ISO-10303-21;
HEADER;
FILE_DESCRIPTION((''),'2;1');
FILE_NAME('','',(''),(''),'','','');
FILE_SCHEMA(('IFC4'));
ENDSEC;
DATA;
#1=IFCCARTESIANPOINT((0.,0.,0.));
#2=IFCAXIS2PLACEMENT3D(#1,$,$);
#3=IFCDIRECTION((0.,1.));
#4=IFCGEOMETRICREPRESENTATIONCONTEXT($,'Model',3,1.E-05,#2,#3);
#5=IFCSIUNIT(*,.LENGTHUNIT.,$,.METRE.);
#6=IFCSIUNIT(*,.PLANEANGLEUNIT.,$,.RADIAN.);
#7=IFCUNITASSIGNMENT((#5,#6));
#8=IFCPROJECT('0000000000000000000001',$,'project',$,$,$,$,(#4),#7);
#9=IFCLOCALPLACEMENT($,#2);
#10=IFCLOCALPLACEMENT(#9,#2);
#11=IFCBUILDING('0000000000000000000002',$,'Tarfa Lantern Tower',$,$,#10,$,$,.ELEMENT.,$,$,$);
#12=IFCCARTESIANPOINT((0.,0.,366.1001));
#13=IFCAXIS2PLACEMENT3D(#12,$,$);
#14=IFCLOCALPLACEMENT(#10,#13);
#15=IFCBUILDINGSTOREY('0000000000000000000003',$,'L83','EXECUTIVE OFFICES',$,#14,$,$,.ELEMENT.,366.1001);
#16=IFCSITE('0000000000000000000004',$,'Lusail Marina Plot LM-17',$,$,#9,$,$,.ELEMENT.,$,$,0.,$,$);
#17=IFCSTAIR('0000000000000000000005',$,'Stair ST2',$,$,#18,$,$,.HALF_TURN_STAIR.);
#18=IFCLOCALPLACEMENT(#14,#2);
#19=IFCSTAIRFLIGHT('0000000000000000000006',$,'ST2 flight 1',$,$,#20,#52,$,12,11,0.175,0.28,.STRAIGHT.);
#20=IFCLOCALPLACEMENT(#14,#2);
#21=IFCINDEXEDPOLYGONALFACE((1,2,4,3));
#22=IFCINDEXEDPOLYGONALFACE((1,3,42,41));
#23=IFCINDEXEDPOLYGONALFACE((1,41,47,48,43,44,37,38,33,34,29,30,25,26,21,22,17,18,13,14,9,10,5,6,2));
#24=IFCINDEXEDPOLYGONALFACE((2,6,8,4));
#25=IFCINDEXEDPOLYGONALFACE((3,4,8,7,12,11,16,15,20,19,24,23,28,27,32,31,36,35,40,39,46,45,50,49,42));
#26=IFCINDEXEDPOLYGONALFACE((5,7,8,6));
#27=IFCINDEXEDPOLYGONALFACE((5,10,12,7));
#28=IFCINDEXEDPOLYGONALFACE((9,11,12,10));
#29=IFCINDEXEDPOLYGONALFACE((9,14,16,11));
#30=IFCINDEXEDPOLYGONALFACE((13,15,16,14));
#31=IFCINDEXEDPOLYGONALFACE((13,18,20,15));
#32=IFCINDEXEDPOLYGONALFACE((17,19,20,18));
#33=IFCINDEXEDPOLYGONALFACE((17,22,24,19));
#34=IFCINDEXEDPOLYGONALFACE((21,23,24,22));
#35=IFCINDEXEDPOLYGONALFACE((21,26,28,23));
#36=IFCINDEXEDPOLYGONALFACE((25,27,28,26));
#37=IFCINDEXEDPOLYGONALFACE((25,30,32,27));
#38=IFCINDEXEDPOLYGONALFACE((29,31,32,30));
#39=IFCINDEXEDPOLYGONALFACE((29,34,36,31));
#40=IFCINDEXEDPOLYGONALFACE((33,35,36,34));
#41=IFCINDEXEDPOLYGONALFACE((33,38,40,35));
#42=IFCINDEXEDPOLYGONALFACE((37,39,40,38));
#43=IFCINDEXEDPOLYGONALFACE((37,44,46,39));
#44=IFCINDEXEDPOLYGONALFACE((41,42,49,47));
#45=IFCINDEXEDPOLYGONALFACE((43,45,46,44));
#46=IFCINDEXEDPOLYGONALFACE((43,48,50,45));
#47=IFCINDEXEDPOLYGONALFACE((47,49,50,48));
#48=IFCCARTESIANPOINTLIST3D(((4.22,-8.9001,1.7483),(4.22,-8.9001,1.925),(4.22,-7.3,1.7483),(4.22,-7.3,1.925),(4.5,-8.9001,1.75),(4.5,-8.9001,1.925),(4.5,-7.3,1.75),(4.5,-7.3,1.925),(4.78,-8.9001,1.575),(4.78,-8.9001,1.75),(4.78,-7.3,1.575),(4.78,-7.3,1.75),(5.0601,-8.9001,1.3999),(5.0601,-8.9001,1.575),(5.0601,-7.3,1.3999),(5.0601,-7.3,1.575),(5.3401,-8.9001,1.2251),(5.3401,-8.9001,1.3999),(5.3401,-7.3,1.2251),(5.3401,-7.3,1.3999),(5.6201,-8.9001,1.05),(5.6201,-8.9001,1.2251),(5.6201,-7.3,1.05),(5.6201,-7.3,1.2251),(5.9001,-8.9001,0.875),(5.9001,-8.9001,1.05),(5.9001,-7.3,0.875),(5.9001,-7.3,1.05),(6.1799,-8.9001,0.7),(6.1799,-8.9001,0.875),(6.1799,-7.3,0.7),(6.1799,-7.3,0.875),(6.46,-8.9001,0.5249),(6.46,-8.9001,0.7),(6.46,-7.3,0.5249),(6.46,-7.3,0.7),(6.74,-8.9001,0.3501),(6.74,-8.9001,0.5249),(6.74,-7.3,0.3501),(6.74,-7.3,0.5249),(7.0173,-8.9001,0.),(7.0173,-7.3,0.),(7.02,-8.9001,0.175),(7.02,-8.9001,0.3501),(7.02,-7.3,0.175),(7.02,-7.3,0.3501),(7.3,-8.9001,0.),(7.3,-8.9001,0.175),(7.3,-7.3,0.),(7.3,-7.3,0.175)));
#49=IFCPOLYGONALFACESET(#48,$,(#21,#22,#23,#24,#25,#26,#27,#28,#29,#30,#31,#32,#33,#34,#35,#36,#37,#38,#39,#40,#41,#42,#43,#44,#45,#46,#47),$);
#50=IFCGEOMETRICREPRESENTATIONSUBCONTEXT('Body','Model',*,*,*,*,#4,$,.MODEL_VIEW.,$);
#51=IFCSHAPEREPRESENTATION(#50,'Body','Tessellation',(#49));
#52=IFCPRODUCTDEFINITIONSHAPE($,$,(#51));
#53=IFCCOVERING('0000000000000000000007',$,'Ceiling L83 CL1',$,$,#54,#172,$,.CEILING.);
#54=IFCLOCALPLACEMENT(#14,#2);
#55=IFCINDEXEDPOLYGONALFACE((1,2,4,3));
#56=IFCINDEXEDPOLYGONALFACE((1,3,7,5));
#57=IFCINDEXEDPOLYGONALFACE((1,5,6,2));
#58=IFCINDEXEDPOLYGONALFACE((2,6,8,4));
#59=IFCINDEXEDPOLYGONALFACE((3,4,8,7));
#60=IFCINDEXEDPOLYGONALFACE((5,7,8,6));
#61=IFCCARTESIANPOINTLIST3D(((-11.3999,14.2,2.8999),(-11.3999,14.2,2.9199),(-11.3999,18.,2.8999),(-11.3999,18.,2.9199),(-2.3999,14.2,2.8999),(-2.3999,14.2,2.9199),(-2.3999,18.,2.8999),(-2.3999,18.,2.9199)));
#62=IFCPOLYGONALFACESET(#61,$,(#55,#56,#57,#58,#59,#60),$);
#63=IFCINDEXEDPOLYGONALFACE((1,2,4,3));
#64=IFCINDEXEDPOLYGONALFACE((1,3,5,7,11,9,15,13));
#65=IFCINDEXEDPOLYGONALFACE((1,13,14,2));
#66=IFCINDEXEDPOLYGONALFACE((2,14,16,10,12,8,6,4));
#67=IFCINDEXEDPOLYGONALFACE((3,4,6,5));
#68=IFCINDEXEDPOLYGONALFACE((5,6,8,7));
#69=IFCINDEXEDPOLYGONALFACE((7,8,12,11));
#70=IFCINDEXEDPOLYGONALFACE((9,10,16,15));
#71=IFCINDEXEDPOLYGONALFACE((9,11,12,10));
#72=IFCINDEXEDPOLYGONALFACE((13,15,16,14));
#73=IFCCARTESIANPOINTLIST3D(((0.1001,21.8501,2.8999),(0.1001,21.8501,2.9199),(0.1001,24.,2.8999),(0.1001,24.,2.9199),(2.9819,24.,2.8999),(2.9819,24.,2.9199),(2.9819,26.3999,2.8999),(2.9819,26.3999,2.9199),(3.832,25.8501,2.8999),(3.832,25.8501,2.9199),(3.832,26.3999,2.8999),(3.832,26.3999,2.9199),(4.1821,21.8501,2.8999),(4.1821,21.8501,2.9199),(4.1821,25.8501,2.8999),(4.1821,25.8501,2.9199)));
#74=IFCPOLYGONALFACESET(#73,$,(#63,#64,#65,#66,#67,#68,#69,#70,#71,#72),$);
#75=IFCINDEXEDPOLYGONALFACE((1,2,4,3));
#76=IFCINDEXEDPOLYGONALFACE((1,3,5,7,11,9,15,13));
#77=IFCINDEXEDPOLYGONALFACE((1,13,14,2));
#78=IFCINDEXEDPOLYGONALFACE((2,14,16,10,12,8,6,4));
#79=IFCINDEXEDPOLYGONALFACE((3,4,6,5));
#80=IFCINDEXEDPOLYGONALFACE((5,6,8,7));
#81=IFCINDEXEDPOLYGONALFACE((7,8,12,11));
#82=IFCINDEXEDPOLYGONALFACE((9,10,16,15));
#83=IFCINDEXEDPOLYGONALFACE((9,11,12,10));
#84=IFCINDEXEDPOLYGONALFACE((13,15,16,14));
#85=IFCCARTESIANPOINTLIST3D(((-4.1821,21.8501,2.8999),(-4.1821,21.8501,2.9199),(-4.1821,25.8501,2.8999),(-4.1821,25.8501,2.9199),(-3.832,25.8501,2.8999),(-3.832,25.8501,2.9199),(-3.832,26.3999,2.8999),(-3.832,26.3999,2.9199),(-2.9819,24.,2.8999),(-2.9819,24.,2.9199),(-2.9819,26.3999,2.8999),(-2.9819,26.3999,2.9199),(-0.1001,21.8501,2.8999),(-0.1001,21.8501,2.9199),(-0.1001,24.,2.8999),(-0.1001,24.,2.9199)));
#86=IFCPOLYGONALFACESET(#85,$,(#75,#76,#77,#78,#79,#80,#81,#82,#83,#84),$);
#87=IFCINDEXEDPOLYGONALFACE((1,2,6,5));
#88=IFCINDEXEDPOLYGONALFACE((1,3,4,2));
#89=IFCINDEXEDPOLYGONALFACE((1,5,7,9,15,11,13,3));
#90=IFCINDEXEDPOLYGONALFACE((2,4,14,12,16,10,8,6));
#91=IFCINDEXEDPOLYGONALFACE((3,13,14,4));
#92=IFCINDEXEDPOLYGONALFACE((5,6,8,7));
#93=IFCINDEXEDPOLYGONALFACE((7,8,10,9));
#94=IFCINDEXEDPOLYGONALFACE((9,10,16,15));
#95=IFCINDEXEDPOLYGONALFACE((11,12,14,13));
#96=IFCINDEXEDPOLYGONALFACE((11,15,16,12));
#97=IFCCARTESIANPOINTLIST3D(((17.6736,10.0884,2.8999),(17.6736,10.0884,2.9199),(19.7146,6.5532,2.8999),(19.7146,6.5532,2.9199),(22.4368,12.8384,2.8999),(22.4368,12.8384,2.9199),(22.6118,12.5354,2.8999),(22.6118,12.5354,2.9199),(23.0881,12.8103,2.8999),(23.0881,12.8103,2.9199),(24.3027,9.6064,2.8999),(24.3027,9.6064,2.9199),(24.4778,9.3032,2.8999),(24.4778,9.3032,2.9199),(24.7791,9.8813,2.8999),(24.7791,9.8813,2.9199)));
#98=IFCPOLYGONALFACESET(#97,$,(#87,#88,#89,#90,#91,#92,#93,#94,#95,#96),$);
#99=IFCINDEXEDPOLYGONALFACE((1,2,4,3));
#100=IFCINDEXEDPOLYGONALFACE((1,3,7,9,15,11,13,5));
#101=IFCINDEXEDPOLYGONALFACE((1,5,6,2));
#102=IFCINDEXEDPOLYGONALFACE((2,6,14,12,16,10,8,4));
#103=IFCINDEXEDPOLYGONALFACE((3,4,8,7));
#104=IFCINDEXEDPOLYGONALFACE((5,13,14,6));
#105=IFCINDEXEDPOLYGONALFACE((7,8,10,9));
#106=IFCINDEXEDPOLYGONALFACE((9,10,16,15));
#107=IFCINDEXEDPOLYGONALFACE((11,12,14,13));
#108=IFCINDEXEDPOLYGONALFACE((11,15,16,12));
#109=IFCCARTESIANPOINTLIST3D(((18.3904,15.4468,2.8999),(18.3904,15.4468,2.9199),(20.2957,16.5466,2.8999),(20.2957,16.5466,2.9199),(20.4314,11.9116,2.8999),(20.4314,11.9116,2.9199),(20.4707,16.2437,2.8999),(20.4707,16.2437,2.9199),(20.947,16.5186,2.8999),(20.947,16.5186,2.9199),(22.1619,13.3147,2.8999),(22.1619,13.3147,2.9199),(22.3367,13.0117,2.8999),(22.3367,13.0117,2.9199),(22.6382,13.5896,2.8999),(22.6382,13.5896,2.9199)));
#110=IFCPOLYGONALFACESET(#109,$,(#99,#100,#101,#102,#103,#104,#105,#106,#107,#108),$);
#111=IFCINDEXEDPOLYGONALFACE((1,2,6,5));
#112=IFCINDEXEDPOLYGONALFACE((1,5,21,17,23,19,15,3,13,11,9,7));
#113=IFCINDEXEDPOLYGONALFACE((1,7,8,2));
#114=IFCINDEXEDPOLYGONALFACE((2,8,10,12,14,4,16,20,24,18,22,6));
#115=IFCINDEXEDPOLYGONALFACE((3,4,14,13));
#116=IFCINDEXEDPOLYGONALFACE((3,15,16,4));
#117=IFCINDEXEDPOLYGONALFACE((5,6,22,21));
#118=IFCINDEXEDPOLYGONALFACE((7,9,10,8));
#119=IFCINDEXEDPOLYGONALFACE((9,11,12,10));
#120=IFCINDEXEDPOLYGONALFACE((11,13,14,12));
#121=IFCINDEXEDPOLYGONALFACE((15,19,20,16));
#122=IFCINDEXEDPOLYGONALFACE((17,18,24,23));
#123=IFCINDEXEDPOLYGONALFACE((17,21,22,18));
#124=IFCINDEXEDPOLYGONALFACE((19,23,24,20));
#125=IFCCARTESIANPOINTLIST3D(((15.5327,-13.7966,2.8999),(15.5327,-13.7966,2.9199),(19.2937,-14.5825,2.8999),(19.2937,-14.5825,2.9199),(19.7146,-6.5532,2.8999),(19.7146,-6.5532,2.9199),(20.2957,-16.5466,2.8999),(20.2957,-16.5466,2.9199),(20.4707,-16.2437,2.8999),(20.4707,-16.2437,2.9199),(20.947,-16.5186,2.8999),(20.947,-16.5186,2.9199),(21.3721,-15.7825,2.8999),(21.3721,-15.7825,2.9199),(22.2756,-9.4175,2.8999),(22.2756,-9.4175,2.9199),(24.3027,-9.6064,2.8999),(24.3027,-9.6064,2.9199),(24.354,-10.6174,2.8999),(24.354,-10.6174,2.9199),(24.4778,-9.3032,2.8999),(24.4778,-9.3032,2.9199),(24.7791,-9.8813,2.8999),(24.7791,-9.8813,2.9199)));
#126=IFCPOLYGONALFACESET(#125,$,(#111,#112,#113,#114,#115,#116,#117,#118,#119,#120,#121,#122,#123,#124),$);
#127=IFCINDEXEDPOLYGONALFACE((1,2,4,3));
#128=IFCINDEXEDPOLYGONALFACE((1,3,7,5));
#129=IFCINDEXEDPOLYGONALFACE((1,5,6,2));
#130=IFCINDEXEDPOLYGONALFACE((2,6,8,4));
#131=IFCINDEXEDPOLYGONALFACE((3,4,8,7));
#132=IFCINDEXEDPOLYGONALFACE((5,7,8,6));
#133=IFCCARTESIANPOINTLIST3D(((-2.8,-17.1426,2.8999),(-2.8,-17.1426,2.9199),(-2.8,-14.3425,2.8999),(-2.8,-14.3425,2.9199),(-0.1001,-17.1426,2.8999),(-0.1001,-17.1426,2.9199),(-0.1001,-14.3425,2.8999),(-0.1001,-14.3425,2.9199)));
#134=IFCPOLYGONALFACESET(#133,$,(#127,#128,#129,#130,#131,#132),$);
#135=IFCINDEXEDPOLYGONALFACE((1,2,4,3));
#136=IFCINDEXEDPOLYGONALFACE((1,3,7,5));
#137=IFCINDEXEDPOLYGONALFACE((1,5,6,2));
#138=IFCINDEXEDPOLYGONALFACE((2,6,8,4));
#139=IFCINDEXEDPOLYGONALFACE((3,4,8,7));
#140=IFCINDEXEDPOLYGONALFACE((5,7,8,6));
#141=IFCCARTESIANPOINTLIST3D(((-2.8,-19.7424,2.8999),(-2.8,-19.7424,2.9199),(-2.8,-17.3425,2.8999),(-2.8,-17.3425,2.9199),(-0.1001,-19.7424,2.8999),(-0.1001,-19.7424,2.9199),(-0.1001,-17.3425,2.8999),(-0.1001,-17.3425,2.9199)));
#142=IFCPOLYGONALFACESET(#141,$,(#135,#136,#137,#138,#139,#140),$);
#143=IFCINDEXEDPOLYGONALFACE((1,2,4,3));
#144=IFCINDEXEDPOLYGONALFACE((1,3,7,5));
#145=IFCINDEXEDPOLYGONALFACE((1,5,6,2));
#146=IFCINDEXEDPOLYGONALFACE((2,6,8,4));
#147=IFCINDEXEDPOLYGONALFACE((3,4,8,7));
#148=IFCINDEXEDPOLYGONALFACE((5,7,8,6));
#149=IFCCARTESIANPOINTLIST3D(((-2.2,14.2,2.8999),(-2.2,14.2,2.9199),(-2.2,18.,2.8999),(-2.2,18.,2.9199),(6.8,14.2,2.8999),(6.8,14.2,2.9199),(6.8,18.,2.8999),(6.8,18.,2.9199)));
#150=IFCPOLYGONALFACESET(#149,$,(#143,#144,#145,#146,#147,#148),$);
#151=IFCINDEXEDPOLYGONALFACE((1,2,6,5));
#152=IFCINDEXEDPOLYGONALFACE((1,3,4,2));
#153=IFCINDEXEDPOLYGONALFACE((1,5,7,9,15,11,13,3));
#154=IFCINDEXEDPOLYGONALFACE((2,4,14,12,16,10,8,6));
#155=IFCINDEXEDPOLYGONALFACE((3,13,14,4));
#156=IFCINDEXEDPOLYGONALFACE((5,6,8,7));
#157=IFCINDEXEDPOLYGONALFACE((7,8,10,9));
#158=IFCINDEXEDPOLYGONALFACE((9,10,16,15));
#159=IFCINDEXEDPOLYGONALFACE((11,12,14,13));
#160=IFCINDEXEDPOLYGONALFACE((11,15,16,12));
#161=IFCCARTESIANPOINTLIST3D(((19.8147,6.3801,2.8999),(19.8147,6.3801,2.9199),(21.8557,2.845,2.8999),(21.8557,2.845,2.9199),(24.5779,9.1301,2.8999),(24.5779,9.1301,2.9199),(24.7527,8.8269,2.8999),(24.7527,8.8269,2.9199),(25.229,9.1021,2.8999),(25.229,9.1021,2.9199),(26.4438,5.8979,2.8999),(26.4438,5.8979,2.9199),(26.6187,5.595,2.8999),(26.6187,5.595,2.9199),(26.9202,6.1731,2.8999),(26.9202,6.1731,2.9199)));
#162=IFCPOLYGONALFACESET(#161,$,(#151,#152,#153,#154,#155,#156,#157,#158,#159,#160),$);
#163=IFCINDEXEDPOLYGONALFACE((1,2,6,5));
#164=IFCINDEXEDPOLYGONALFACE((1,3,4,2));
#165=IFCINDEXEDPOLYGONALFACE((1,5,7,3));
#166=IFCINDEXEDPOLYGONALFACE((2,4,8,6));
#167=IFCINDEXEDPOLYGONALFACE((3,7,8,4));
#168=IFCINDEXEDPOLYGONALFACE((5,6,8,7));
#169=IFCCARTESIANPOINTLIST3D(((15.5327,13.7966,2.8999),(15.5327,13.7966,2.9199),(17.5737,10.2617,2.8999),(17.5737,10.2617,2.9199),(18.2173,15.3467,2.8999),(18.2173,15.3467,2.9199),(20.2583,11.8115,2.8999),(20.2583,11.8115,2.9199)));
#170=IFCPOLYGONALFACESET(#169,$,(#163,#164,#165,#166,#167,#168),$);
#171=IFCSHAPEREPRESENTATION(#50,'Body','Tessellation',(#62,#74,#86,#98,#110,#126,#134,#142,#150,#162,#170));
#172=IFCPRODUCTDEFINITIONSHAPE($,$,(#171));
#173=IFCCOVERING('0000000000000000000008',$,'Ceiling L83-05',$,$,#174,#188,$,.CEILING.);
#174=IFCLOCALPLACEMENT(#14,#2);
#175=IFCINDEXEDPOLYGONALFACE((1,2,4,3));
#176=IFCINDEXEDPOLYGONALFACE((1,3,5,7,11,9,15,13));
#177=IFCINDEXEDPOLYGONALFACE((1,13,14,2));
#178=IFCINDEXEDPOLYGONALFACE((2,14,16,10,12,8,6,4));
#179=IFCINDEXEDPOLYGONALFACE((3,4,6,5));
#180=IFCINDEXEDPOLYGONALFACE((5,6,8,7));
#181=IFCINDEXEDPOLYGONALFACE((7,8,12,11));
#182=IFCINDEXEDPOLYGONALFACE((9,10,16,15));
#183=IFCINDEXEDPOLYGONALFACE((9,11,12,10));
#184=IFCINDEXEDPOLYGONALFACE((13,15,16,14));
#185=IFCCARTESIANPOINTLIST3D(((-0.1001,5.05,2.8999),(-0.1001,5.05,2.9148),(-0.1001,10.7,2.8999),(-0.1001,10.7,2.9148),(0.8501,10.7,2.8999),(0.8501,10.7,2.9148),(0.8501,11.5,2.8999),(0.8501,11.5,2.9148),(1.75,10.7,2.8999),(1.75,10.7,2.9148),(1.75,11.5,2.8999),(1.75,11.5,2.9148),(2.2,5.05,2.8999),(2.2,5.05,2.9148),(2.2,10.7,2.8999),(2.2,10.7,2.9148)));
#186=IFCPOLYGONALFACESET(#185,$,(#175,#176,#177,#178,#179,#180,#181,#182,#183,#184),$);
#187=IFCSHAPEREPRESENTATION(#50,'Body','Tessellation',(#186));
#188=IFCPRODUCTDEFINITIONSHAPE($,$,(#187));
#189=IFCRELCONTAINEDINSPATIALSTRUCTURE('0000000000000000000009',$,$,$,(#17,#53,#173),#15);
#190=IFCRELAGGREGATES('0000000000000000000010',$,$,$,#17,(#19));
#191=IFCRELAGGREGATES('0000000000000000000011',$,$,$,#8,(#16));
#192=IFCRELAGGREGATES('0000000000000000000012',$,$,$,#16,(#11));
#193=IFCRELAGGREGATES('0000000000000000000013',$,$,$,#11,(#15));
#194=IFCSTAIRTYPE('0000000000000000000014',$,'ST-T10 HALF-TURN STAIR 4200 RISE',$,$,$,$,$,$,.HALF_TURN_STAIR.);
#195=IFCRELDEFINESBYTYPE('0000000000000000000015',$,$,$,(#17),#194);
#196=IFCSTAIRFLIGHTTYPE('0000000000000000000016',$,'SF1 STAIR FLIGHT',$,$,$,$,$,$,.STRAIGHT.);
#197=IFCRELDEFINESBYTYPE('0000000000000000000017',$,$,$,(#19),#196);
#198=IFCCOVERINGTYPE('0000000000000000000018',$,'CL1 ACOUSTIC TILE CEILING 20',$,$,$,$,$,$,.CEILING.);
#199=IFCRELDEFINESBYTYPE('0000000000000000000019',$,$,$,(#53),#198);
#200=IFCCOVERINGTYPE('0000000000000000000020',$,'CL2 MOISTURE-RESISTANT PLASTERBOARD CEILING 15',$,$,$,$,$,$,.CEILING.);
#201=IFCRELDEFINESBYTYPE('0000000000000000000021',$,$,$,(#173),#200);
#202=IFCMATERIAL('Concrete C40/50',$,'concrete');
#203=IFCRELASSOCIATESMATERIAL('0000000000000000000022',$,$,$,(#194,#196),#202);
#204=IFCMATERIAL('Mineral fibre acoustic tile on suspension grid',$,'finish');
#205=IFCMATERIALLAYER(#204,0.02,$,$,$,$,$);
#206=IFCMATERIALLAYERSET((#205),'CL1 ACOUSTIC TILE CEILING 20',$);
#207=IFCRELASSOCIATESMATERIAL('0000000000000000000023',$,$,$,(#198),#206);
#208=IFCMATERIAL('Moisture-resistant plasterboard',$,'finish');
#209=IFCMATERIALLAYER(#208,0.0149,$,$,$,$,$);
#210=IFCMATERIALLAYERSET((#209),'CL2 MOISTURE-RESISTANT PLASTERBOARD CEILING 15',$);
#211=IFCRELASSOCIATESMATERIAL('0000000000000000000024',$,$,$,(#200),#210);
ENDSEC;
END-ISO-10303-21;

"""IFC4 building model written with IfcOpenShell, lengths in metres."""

from ifc_helpers import new_model, si_unit, direction, frame, origin, place, context, subcontext, project, spatial, polyline, outline, extrude, material, layer, layer_set, type_object, element, aggregate, save


model = new_model("IFC4")

# Units and contexts
model_context = context("Model", 3, precision=1e-05, world=origin(), true_north=direction((0.0, 1.0)))
body_context = subcontext(model_context, "Body", "Model", "MODEL_VIEW")
ifc_project = project(units=[si_unit("LENGTHUNIT", "METRE"), si_unit("PLANEANGLEUNIT", "RADIAN")], contexts=[model_context])

# Site, building, storey
site_placement = place(None, origin())
site = spatial("IfcSite", under=ifc_project, at=site_placement, Name="Lusail Marina Plot LM-17", CompositionType="ELEMENT", RefElevation=0.0)
building_placement = place(site_placement, origin())
building = spatial("IfcBuilding", under=site, at=building_placement, Name="Tarfa Lantern Tower", CompositionType="ELEMENT")
storey_placement = place(building_placement, frame((0.0, 0.0, 366.1001)))
storey = spatial("IfcBuildingStorey", under=building, at=storey_placement, Name="L83", Description="EXECUTIVE OFFICES", CompositionType="ELEMENT", Elevation=366.1001)

# Stair
ifc_material_1 = material(Name="Concrete C40/50", Category="concrete")
stair_type = type_object("IfcStairType", Name="ST-T10 HALF-TURN STAIR 4200 RISE", PredefinedType="HALF_TURN_STAIR", material=ifc_material_1)
stair_1_placement = place(storey_placement, origin())
stair_1 = element("IfcStair", 1, at=stair_1_placement, inside=storey, type_object=stair_type, Name="Stair ST2", PredefinedType="HALF_TURN_STAIR")

# Stair flight
stair_flight_type = type_object("IfcStairFlightType", Name="SF1 STAIR FLIGHT", PredefinedType="STRAIGHT", material=ifc_material_1)
stair_flight_placement = place(storey_placement, frame((7.3, -8.1001, 0.0), z_axis=(0.0, 0.0, 1.0), x_axis=(-1.0, 0.0, 0.0)))
stair_flight = element("IfcStairFlight", 2, at=stair_flight_placement, type_object=stair_flight_type, Name="ST2 flight 1", NumberOfRisers=12, NumberOfTreads=11, PredefinedType="STRAIGHT", RiserHeight=0.175, TreadLength=0.28, context=body_context, shape_type="SweptSolid", body=[
    extrude(outline(polyline([(0.0, 0.0), (0.0, 0.175), (0.28, 0.175), (0.28, 0.3501), (0.5601, 0.3501), (0.5601, 0.5249), (0.8401, 0.5249), (0.8401, 0.7), (1.1201, 0.7), (1.1201, 0.875), (1.3999, 0.875), (1.3999, 1.05), (1.6799, 1.05), (1.6799, 1.2251), (1.96, 1.2251), (1.96, 1.3999), (2.24, 1.3999), (2.24, 1.575), (2.52, 1.575), (2.52, 1.75), (2.8, 1.75), (2.8, 1.925), (3.0801, 1.925), (3.0801, 2.1001), (3.0801, 1.7483), (0.2827, 0.0), (0.0, 0.0)])), frame((0.0, 0.8, 0.0), z_axis=(0.0, -1.0, 0.0), x_axis=(1.0, 0.0, 0.0)), (0.0, 0.0, 1.0), 1.6001),
])
aggregate(stair_1, [stair_flight])

# Coverings
ifc_material_2 = material(Name="Mineral fibre acoustic tile on suspension grid", Category="finish")
ifc_layer_1 = layer(ifc_material_2, 0.02)
ifc_layer_set_1 = layer_set([ifc_layer_1], Name="CL1 ACOUSTIC TILE CEILING 20")
covering_type_1 = type_object("IfcCoveringType", Name="CL1 ACOUSTIC TILE CEILING 20", PredefinedType="CEILING", material=ifc_layer_set_1)
covering_1_placement = place(storey_placement, frame((0.0, 0.0, 2.8999)))
element("IfcCovering", 3, at=covering_1_placement, inside=storey, type_object=covering_type_1, Name="Ceiling L83 CL1", PredefinedType="CEILING", context=body_context, shape_type="SweptSolid", body=[
    extrude(outline(polyline([(-11.3999, 18.0), (-2.3999, 18.0), (-2.3999, 14.2), (-11.3999, 14.2), (-11.3999, 18.0)])), origin(), (0.0, 0.0, 1.0), 0.02),
    extrude(outline(polyline([(4.1821, 21.8501), (0.1001, 21.8501), (0.1001, 24.0), (2.9819, 24.0), (2.9819, 26.3999), (3.832, 26.3999), (3.832, 25.8501), (4.1821, 25.8501), (4.1821, 21.8501)])), origin(), (0.0, 0.0, 1.0), 0.02),
    extrude(outline(polyline([(-2.9819, 24.0), (-0.1001, 24.0), (-0.1001, 21.8501), (-4.1821, 21.8501), (-4.1821, 25.8501), (-3.832, 25.8501), (-3.832, 26.3999), (-2.9819, 26.3999), (-2.9819, 24.0)])), origin(), (0.0, 0.0, 1.0), 0.02),
    extrude(outline(polyline([(17.6736, 10.0884), (22.4368, 12.8384), (22.6118, 12.5354), (23.0881, 12.8103), (24.7791, 9.8813), (24.3027, 9.6064), (24.4778, 9.3032), (19.7146, 6.5532), (17.6736, 10.0884)])), origin(), (0.0, 0.0, 1.0), 0.02),
    extrude(outline(polyline([(18.3904, 15.4468), (20.2957, 16.5466), (20.4707, 16.2437), (20.947, 16.5186), (22.6382, 13.5896), (22.1619, 13.3147), (22.3367, 13.0117), (20.4314, 11.9116), (18.3904, 15.4468)])), origin(), (0.0, 0.0, 1.0), 0.02),
    extrude(outline(polyline([(19.7146, -6.5532), (24.4778, -9.3032), (24.3027, -9.6064), (24.7791, -9.8813), (24.354, -10.6174), (22.2756, -9.4175), (19.2937, -14.5825), (21.3721, -15.7825), (20.947, -16.5186), (20.4707, -16.2437), (20.2957, -16.5466), (15.5327, -13.7966), (19.7146, -6.5532)])), origin(), (0.0, 0.0, 1.0), 0.02),
    extrude(outline(polyline([(-2.8, -17.1426), (-2.8, -14.3425), (-0.1001, -14.3425), (-0.1001, -17.1426), (-2.8, -17.1426)])), origin(), (0.0, 0.0, 1.0), 0.02),
    extrude(outline(polyline([(-2.8, -19.7424), (-2.8, -17.3425), (-0.1001, -17.3425), (-0.1001, -19.7424), (-2.8, -19.7424)])), origin(), (0.0, 0.0, 1.0), 0.02),
    extrude(outline(polyline([(-2.2, 18.0), (6.8, 18.0), (6.8, 14.2), (-2.2, 14.2), (-2.2, 18.0)])), origin(), (0.0, 0.0, 1.0), 0.02),
    extrude(outline(polyline([(19.8147, 6.3801), (24.5779, 9.1301), (24.7527, 8.8269), (25.229, 9.1021), (26.9202, 6.1731), (26.4438, 5.8979), (26.6187, 5.595), (21.8557, 2.845), (19.8147, 6.3801)])), origin(), (0.0, 0.0, 1.0), 0.02),
    extrude(outline(polyline([(15.5327, 13.7966), (18.2173, 15.3467), (20.2583, 11.8115), (17.5737, 10.2617), (15.5327, 13.7966)])), origin(), (0.0, 0.0, 1.0), 0.02),
])
ifc_material_3 = material(Name="Moisture-resistant plasterboard", Category="finish")
ifc_layer_2 = layer(ifc_material_3, 0.0149)
ifc_layer_set_2 = layer_set([ifc_layer_2], Name="CL2 MOISTURE-RESISTANT PLASTERBOARD CEILING 15")
covering_type_2 = type_object("IfcCoveringType", Name="CL2 MOISTURE-RESISTANT PLASTERBOARD CEILING 15", PredefinedType="CEILING", material=ifc_layer_set_2)
covering_2_placement = place(storey_placement, frame((0.0, 0.0, 2.8999)))
element("IfcCovering", 4, at=covering_2_placement, inside=storey, type_object=covering_type_2, Name="Ceiling L83-05", PredefinedType="CEILING", context=body_context, shape_type="SweptSolid", body=[
    extrude(outline(polyline([(0.8501, 10.7), (-0.1001, 10.7), (-0.1001, 5.05), (2.2, 5.05), (2.2, 10.7), (1.75, 10.7), (1.75, 11.5), (0.8501, 11.5), (0.8501, 10.7)])), origin(), (0.0, 0.0, 1.0), 0.0149),
])

save(model, "model.ifc")
